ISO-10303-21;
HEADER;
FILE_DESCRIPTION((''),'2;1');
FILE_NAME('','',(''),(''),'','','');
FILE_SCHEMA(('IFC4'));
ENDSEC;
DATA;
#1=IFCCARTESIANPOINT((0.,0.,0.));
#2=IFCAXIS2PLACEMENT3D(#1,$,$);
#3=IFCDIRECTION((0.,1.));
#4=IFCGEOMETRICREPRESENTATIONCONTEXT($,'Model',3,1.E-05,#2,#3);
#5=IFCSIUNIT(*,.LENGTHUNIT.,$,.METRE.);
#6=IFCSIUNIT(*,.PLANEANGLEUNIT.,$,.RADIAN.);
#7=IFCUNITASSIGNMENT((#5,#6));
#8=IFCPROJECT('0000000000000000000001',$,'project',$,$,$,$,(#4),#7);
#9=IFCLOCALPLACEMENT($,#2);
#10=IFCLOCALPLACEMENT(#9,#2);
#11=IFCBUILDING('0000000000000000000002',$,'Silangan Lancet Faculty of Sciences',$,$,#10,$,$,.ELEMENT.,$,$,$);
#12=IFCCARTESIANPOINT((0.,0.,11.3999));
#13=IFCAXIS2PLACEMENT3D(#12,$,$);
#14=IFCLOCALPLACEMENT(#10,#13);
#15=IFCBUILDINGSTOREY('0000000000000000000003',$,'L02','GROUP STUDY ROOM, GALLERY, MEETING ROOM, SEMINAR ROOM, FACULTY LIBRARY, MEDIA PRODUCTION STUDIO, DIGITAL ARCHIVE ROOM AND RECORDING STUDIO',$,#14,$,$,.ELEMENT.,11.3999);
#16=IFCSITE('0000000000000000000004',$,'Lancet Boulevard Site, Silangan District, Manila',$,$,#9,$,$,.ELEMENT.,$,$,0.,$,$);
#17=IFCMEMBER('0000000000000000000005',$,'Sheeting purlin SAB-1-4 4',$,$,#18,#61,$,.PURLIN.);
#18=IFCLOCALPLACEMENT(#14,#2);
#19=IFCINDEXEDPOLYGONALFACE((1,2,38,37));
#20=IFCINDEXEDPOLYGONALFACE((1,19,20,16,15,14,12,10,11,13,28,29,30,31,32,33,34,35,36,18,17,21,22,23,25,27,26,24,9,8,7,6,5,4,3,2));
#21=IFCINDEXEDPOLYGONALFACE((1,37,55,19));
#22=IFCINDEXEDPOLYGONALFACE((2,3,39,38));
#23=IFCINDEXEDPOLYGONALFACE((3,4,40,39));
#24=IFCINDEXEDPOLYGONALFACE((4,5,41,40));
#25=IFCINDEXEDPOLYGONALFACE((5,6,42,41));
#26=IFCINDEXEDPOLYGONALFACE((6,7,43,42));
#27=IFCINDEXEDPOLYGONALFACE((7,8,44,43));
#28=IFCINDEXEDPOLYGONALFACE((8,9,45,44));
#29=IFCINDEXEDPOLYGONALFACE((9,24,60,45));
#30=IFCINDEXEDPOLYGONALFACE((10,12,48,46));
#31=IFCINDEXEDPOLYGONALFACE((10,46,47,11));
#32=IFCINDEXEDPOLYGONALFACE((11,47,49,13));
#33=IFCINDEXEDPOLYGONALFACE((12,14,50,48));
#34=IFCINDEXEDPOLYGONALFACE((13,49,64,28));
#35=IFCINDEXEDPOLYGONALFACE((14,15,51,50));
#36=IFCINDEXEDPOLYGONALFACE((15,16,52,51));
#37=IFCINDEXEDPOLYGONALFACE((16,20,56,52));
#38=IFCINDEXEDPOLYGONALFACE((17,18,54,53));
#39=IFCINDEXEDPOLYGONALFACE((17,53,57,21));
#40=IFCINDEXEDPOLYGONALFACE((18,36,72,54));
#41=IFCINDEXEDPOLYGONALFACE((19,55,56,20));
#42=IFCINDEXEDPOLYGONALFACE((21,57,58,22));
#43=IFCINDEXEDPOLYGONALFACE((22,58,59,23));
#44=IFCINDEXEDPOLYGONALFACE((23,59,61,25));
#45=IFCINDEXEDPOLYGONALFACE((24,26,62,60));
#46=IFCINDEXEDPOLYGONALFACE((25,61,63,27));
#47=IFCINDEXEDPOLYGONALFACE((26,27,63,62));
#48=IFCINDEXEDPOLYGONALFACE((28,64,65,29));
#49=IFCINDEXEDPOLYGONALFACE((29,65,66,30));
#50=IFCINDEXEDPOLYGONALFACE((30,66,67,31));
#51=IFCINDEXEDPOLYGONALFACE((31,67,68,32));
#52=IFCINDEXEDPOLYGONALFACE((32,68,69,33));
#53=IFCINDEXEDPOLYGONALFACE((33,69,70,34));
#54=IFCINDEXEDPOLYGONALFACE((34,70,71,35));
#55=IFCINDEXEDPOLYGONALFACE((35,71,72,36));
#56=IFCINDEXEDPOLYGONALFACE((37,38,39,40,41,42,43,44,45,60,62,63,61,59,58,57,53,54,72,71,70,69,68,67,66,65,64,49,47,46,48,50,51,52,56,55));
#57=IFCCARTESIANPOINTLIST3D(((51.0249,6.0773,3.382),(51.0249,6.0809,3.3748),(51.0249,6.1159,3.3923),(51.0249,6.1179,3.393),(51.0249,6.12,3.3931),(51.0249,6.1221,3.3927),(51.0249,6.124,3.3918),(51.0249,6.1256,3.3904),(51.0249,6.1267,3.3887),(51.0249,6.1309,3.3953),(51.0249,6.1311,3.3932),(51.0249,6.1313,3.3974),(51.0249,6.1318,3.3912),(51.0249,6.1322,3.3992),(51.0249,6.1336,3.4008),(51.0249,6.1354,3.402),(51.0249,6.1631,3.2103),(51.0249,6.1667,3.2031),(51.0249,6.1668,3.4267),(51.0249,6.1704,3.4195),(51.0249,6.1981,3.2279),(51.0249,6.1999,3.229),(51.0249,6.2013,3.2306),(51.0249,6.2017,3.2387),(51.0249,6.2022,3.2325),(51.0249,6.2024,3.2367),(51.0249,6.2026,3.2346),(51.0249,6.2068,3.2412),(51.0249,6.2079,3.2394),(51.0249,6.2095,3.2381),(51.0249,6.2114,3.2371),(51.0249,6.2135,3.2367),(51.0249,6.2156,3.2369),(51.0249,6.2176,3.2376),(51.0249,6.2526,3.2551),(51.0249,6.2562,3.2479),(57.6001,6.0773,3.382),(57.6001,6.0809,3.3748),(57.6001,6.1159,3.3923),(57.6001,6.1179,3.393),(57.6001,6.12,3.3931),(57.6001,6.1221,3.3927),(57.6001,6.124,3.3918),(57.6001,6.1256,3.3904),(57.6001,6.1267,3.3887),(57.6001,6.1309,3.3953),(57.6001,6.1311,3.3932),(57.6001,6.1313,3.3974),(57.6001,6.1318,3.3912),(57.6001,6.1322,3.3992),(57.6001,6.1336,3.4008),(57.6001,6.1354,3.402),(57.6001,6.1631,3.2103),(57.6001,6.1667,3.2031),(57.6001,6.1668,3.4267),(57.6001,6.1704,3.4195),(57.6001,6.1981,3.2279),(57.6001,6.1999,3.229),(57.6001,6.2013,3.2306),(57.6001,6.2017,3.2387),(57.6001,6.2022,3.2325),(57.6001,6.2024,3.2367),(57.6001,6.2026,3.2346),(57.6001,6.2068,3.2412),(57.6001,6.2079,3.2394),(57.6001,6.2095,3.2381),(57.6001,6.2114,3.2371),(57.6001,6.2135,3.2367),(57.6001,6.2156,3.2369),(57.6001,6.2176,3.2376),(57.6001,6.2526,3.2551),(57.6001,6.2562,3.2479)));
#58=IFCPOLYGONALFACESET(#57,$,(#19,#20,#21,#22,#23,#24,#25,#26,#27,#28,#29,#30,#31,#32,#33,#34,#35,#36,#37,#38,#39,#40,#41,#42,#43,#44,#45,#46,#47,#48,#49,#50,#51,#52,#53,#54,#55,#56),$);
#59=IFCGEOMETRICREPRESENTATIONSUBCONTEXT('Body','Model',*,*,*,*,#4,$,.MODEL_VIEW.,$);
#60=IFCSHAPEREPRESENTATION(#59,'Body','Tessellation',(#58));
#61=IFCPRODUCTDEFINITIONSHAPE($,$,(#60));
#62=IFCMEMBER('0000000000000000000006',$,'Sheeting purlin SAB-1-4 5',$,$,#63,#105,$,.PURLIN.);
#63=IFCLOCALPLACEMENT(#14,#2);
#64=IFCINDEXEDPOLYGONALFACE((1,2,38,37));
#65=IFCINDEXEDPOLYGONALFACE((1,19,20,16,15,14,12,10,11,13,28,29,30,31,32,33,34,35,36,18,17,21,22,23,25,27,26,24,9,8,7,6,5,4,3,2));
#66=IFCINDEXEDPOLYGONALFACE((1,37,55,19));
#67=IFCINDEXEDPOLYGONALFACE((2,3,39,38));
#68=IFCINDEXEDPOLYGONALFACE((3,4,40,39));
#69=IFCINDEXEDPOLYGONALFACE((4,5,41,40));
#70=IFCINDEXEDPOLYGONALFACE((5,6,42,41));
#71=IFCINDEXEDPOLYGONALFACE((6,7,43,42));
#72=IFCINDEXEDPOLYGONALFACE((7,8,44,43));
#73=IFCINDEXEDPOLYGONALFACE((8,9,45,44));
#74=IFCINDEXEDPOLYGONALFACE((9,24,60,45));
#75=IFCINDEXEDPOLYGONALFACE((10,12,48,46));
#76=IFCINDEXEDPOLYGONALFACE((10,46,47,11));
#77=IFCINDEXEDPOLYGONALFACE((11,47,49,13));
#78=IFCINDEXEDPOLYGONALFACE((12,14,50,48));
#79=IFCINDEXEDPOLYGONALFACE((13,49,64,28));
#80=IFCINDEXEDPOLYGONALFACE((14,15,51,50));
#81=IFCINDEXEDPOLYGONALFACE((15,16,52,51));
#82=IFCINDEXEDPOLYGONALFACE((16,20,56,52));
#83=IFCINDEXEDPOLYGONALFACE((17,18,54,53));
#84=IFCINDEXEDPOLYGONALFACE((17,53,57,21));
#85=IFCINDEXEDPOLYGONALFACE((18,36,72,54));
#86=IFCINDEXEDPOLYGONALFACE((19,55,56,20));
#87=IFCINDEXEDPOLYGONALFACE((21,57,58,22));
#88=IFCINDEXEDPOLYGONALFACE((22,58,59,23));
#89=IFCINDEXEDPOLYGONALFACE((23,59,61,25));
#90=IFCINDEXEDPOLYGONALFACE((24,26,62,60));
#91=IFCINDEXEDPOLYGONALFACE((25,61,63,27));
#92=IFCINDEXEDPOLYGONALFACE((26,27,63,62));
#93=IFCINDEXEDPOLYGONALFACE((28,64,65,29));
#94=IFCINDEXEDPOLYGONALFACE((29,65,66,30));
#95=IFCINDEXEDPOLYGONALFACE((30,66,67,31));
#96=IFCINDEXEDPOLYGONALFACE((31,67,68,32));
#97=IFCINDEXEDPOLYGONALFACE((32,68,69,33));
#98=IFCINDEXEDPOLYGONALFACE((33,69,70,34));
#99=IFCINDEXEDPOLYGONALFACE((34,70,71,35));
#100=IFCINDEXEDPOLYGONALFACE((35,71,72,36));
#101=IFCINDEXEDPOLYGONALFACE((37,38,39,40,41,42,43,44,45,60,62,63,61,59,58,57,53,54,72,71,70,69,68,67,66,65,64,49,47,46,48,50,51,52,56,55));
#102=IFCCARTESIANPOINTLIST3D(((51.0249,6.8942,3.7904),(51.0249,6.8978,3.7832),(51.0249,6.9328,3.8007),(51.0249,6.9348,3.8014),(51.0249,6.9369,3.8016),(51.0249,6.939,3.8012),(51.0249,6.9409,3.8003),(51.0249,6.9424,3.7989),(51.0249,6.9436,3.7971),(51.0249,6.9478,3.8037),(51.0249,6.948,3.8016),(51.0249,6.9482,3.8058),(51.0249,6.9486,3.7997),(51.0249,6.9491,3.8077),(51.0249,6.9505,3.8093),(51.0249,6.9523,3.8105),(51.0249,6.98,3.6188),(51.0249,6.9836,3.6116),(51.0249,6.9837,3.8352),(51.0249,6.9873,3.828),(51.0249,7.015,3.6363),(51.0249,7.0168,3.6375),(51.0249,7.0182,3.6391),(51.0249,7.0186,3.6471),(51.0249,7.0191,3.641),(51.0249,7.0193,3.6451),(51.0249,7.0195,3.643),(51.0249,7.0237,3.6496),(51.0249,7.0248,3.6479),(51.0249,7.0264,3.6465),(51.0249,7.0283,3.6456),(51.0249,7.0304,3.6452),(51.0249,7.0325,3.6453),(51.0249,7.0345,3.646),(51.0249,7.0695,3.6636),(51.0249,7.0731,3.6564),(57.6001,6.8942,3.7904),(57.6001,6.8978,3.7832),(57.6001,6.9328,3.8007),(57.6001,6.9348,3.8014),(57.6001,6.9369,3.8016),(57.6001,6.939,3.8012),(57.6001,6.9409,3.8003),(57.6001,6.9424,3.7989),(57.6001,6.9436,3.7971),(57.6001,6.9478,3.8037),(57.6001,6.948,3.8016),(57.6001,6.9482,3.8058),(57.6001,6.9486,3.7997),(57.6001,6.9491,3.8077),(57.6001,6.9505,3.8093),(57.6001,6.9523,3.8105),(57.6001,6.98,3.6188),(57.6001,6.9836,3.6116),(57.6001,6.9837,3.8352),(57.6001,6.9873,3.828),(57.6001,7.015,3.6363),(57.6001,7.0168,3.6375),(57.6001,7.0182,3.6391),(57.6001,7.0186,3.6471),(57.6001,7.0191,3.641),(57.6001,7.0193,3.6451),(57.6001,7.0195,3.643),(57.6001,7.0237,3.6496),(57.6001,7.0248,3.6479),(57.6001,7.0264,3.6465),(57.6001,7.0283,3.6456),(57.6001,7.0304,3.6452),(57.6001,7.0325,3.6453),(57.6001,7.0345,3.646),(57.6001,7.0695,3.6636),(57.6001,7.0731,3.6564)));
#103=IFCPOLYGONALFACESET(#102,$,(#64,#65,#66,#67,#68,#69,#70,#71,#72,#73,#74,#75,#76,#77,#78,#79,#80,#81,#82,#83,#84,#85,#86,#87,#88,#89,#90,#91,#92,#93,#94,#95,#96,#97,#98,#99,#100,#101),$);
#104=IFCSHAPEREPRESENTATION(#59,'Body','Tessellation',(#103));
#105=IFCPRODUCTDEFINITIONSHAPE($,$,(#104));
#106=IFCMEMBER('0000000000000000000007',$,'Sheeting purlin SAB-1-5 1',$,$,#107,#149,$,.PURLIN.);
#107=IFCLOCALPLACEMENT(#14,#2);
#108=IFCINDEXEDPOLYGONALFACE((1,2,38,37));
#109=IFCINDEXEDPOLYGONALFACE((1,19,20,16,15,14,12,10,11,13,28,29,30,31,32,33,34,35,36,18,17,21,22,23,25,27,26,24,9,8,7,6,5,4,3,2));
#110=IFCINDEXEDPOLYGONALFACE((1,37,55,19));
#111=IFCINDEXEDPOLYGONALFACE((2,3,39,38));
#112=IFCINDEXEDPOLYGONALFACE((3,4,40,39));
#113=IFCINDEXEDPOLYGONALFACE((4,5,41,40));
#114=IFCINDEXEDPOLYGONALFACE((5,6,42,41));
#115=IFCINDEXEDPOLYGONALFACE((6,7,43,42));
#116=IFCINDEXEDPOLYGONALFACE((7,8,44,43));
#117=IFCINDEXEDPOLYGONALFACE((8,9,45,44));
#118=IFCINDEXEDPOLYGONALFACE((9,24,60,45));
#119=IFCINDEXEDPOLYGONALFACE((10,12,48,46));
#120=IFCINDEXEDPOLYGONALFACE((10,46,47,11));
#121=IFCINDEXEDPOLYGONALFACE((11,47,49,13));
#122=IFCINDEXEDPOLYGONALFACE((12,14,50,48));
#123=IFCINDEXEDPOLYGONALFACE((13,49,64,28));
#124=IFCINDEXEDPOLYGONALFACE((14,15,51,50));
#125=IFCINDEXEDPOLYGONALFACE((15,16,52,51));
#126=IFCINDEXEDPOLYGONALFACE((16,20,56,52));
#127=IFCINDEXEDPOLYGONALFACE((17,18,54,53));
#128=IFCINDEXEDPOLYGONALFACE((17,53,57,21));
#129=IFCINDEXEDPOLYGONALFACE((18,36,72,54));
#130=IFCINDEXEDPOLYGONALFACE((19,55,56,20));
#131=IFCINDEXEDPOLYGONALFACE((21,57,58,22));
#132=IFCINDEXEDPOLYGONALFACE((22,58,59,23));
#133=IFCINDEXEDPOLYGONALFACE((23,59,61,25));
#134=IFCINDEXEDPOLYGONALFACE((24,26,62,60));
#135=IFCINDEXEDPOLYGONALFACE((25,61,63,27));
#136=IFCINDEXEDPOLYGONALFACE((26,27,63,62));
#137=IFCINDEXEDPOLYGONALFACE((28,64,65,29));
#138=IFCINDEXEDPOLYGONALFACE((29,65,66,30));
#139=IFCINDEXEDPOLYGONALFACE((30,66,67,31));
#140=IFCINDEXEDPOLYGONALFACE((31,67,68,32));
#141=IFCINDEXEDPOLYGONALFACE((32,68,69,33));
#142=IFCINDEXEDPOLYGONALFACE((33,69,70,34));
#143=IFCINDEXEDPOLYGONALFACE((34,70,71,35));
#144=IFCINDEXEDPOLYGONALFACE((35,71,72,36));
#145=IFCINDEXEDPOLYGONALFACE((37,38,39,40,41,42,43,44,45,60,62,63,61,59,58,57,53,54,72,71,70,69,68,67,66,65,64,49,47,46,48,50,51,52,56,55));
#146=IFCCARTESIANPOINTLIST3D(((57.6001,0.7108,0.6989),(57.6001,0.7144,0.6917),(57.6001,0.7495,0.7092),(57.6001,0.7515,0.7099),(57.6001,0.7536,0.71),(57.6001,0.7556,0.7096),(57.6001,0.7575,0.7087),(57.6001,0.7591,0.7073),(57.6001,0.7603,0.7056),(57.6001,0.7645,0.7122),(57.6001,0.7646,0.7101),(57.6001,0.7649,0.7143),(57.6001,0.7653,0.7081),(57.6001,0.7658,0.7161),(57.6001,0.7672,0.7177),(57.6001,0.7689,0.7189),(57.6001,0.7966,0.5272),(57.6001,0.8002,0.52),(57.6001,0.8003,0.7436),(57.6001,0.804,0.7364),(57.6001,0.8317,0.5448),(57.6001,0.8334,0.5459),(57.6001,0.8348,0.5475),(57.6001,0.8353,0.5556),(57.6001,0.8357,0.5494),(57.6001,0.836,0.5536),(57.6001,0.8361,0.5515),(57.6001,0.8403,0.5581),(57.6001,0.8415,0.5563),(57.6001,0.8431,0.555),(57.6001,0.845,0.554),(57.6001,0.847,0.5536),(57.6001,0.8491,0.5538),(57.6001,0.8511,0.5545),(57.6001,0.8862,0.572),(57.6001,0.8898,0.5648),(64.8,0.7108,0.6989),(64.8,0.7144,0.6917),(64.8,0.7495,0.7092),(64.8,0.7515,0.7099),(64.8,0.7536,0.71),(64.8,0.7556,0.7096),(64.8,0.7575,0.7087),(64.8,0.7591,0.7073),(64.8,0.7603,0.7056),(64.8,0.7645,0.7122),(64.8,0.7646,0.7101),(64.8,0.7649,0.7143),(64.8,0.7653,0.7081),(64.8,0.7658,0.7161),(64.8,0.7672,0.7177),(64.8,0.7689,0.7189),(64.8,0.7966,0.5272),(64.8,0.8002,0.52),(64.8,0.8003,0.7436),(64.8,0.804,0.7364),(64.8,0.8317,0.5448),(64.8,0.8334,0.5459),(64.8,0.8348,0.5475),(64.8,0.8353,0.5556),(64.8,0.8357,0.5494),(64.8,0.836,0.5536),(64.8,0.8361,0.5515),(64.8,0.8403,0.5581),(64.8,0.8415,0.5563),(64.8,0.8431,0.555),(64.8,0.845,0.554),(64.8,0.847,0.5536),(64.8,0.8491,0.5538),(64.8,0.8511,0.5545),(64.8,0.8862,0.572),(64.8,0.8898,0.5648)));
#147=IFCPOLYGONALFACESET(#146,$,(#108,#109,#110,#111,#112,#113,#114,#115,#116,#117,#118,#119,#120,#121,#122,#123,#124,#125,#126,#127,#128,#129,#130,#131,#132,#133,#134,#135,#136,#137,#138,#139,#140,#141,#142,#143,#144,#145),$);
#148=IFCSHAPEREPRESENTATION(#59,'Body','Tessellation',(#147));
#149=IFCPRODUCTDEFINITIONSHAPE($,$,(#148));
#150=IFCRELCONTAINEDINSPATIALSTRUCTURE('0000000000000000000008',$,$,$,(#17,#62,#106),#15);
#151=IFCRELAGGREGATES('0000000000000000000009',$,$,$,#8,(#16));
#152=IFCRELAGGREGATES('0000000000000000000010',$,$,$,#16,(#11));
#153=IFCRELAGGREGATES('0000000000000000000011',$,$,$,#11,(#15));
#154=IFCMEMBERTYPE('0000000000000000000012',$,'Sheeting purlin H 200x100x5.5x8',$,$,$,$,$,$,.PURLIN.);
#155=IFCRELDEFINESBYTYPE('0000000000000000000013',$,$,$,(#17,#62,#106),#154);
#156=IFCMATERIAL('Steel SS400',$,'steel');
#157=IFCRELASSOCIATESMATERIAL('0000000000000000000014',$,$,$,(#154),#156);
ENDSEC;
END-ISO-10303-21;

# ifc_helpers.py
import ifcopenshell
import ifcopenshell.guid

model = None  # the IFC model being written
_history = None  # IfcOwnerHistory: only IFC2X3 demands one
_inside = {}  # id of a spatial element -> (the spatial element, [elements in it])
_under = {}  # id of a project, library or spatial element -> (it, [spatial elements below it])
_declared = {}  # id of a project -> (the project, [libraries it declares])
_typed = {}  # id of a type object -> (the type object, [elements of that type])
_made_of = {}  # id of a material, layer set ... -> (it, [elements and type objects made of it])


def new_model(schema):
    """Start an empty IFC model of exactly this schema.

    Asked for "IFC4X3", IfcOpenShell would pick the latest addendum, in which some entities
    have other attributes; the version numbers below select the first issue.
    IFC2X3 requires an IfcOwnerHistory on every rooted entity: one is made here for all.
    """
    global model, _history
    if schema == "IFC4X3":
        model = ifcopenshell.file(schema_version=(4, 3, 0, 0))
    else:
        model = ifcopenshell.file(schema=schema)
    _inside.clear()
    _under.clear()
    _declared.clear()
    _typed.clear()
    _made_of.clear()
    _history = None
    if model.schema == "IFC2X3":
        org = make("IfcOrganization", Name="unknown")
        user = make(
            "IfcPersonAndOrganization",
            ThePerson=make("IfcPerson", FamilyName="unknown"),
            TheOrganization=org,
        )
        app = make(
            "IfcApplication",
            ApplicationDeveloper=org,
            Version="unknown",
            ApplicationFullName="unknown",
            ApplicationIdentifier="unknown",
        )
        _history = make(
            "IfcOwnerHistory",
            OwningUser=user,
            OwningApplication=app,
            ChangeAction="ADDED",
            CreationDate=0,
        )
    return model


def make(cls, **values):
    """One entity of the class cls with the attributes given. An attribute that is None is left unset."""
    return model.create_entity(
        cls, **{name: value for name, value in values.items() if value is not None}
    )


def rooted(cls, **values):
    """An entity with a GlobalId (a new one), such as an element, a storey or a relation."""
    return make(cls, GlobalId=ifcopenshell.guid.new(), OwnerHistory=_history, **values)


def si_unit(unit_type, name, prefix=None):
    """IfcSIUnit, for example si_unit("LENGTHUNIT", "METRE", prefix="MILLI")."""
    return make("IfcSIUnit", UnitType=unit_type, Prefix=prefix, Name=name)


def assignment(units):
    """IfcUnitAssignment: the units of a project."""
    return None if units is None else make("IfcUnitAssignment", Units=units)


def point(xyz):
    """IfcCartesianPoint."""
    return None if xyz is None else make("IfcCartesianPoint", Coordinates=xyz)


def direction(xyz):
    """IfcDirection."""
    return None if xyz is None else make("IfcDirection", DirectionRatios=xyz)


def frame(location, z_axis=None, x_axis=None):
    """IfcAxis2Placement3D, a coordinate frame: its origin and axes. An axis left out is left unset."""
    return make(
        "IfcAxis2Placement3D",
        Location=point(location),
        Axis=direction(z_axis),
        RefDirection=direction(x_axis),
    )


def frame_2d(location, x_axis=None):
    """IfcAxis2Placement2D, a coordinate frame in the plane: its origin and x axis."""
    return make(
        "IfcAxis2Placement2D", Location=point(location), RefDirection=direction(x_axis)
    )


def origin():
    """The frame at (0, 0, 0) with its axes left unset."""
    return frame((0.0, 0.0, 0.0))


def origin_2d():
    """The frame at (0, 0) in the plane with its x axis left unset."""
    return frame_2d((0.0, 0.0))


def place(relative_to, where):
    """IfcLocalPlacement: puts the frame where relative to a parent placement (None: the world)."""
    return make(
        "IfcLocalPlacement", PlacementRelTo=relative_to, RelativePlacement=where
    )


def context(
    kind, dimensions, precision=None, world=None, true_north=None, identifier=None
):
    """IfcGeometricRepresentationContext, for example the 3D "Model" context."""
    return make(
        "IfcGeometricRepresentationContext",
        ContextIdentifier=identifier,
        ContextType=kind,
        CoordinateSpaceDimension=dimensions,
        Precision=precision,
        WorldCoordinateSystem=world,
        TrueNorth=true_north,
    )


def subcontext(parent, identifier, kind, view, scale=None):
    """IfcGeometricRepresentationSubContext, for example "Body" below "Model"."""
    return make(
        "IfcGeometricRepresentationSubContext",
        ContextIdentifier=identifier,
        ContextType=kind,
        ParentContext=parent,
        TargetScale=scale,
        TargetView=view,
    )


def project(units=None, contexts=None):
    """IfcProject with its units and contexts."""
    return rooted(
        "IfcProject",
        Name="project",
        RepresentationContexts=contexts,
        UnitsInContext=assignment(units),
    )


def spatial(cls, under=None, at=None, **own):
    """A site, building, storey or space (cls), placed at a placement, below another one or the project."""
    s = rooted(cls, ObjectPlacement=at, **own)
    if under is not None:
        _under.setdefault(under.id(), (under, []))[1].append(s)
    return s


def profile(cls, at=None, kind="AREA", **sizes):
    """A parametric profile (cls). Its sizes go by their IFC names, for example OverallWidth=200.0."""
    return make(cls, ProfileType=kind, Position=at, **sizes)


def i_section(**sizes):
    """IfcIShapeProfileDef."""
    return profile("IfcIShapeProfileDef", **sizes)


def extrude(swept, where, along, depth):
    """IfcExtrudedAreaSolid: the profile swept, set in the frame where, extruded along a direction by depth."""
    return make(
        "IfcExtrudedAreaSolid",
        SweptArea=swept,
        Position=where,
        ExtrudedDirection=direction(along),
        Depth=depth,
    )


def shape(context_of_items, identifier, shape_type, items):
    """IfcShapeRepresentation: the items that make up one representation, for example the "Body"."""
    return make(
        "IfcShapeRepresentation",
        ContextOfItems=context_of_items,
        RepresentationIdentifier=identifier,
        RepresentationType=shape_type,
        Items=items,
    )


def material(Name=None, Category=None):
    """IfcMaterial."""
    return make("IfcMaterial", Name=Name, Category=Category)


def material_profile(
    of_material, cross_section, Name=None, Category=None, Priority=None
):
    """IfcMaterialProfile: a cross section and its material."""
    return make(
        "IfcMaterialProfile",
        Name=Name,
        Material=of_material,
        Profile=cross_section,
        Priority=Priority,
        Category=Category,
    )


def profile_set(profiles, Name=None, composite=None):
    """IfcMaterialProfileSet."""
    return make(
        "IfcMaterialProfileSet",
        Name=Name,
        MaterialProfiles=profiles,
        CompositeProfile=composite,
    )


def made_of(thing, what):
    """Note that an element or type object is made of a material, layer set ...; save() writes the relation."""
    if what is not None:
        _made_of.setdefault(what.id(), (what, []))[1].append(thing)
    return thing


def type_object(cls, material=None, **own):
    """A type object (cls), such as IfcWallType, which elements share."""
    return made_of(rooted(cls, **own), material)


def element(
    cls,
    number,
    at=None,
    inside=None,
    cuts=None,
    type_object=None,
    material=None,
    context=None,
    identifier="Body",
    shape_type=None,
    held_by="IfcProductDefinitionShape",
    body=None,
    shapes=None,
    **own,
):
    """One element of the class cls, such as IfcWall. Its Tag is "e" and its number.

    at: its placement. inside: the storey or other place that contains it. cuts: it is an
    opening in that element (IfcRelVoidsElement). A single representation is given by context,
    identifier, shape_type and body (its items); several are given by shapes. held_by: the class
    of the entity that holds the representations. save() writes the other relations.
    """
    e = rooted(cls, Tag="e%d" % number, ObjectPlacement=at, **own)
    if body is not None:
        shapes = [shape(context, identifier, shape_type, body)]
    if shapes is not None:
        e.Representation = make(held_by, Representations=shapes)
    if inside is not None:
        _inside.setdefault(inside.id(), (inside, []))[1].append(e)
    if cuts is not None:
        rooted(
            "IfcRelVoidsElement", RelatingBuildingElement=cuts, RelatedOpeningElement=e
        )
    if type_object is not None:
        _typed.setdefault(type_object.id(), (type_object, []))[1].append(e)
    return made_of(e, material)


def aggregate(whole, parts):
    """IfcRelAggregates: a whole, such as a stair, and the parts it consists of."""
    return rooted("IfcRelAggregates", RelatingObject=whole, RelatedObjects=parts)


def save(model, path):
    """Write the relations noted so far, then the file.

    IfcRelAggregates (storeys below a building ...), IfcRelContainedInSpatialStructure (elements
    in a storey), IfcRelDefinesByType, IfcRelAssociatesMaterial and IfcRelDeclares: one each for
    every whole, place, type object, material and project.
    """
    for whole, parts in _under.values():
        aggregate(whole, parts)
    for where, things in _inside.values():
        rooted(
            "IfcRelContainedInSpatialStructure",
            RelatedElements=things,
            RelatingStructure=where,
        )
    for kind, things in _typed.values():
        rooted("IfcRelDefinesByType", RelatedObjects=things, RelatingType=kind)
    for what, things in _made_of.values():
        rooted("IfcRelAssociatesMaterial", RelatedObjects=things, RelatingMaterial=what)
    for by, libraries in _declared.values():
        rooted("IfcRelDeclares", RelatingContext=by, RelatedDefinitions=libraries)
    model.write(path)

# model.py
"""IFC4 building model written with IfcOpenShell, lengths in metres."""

from ifc_helpers import new_model, si_unit, direction, frame, origin, origin_2d, place, context, subcontext, project, spatial, i_section, extrude, material, material_profile, profile_set, type_object, element, save


model = new_model("IFC4")

# Units and contexts
model_context = context("Model", 3, precision=1e-05, world=origin(), true_north=direction((0.0, 1.0)))
body_context = subcontext(model_context, "Body", "Model", "MODEL_VIEW")
ifc_project = project(units=[si_unit("LENGTHUNIT", "METRE"), si_unit("PLANEANGLEUNIT", "RADIAN")], contexts=[model_context])

# Site, building, storey
site_placement = place(None, origin())
site = spatial("IfcSite", under=ifc_project, at=site_placement, Name="Lancet Boulevard Site, Silangan District, Manila", CompositionType="ELEMENT", RefElevation=0.0)
building_placement = place(site_placement, origin())
building = spatial("IfcBuilding", under=site, at=building_placement, Name="Silangan Lancet Faculty of Sciences", CompositionType="ELEMENT")
storey_placement = place(building_placement, frame((0.0, 0.0, 11.3999)))
storey = spatial("IfcBuildingStorey", under=building, at=storey_placement, Name="L02", Description="GROUP STUDY ROOM, GALLERY, MEETING ROOM, SEMINAR ROOM, FACULTY LIBRARY, MEDIA PRODUCTION STUDIO, DIGITAL ARCHIVE ROOM AND RECORDING STUDIO", CompositionType="ELEMENT", Elevation=11.3999)

# Members
ifc_material_1 = material(Name="Steel SS400", Category="steel")
ifc_material_profile_1 = material_profile(ifc_material_1, i_section(OverallWidth=0.1001, OverallDepth=0.2, WebThickness=0.0056, FlangeThickness=0.0081, FilletRadius=0.0081, at=origin_2d()), Name="H 200x100x5.5x8")
ifc_profile_set_1 = profile_set([ifc_material_profile_1], Name="Steel SS400")
member_type_1 = type_object("IfcMemberType", Name="Sheeting purlin H 200x100x5.5x8", PredefinedType="PURLIN", material=ifc_profile_set_1)
for number, where, z_axis, x_axis, name in (
    (1, (51.0249, 6.1667, 3.3149), (1.0, 0.0, 0.0), (0.0, 0.894427, 0.447214), "Sheeting purlin SAB-1-4 4"),
    (2, (51.0249, 6.9836, 3.7234), (1.0, 0.0, 0.0), (0.0, 0.894427, 0.447214), "Sheeting purlin SAB-1-4 5"),
):
    element("IfcMember", number, at=place(storey_placement, frame(where, z_axis=z_axis, x_axis=x_axis)), inside=storey, type_object=member_type_1, Name=name, PredefinedType="PURLIN", context=body_context, shape_type="SweptSolid", body=[
        extrude(i_section(OverallWidth=0.1001, OverallDepth=0.2, WebThickness=0.0056, FlangeThickness=0.0081, FilletRadius=0.0081, at=origin_2d()), origin(), (0.0, 0.0, 1.0), 6.5752),
    ])
member_1_placement = place(storey_placement, frame((57.6001, 0.8003, 0.6318), z_axis=(1.0, 0.0, 0.0), x_axis=(0.0, 0.894427, 0.447214)))
element("IfcMember", 3, at=member_1_placement, inside=storey, type_object=member_type_1, Name="Sheeting purlin SAB-1-5 1", PredefinedType="PURLIN", context=body_context, shape_type="SweptSolid", body=[
    extrude(i_section(OverallWidth=0.1001, OverallDepth=0.2, WebThickness=0.0056, FlangeThickness=0.0081, FilletRadius=0.0081, at=origin_2d()), origin(), (0.0, 0.0, 1.0), 7.2),
])

save(model, "model.ifc")
